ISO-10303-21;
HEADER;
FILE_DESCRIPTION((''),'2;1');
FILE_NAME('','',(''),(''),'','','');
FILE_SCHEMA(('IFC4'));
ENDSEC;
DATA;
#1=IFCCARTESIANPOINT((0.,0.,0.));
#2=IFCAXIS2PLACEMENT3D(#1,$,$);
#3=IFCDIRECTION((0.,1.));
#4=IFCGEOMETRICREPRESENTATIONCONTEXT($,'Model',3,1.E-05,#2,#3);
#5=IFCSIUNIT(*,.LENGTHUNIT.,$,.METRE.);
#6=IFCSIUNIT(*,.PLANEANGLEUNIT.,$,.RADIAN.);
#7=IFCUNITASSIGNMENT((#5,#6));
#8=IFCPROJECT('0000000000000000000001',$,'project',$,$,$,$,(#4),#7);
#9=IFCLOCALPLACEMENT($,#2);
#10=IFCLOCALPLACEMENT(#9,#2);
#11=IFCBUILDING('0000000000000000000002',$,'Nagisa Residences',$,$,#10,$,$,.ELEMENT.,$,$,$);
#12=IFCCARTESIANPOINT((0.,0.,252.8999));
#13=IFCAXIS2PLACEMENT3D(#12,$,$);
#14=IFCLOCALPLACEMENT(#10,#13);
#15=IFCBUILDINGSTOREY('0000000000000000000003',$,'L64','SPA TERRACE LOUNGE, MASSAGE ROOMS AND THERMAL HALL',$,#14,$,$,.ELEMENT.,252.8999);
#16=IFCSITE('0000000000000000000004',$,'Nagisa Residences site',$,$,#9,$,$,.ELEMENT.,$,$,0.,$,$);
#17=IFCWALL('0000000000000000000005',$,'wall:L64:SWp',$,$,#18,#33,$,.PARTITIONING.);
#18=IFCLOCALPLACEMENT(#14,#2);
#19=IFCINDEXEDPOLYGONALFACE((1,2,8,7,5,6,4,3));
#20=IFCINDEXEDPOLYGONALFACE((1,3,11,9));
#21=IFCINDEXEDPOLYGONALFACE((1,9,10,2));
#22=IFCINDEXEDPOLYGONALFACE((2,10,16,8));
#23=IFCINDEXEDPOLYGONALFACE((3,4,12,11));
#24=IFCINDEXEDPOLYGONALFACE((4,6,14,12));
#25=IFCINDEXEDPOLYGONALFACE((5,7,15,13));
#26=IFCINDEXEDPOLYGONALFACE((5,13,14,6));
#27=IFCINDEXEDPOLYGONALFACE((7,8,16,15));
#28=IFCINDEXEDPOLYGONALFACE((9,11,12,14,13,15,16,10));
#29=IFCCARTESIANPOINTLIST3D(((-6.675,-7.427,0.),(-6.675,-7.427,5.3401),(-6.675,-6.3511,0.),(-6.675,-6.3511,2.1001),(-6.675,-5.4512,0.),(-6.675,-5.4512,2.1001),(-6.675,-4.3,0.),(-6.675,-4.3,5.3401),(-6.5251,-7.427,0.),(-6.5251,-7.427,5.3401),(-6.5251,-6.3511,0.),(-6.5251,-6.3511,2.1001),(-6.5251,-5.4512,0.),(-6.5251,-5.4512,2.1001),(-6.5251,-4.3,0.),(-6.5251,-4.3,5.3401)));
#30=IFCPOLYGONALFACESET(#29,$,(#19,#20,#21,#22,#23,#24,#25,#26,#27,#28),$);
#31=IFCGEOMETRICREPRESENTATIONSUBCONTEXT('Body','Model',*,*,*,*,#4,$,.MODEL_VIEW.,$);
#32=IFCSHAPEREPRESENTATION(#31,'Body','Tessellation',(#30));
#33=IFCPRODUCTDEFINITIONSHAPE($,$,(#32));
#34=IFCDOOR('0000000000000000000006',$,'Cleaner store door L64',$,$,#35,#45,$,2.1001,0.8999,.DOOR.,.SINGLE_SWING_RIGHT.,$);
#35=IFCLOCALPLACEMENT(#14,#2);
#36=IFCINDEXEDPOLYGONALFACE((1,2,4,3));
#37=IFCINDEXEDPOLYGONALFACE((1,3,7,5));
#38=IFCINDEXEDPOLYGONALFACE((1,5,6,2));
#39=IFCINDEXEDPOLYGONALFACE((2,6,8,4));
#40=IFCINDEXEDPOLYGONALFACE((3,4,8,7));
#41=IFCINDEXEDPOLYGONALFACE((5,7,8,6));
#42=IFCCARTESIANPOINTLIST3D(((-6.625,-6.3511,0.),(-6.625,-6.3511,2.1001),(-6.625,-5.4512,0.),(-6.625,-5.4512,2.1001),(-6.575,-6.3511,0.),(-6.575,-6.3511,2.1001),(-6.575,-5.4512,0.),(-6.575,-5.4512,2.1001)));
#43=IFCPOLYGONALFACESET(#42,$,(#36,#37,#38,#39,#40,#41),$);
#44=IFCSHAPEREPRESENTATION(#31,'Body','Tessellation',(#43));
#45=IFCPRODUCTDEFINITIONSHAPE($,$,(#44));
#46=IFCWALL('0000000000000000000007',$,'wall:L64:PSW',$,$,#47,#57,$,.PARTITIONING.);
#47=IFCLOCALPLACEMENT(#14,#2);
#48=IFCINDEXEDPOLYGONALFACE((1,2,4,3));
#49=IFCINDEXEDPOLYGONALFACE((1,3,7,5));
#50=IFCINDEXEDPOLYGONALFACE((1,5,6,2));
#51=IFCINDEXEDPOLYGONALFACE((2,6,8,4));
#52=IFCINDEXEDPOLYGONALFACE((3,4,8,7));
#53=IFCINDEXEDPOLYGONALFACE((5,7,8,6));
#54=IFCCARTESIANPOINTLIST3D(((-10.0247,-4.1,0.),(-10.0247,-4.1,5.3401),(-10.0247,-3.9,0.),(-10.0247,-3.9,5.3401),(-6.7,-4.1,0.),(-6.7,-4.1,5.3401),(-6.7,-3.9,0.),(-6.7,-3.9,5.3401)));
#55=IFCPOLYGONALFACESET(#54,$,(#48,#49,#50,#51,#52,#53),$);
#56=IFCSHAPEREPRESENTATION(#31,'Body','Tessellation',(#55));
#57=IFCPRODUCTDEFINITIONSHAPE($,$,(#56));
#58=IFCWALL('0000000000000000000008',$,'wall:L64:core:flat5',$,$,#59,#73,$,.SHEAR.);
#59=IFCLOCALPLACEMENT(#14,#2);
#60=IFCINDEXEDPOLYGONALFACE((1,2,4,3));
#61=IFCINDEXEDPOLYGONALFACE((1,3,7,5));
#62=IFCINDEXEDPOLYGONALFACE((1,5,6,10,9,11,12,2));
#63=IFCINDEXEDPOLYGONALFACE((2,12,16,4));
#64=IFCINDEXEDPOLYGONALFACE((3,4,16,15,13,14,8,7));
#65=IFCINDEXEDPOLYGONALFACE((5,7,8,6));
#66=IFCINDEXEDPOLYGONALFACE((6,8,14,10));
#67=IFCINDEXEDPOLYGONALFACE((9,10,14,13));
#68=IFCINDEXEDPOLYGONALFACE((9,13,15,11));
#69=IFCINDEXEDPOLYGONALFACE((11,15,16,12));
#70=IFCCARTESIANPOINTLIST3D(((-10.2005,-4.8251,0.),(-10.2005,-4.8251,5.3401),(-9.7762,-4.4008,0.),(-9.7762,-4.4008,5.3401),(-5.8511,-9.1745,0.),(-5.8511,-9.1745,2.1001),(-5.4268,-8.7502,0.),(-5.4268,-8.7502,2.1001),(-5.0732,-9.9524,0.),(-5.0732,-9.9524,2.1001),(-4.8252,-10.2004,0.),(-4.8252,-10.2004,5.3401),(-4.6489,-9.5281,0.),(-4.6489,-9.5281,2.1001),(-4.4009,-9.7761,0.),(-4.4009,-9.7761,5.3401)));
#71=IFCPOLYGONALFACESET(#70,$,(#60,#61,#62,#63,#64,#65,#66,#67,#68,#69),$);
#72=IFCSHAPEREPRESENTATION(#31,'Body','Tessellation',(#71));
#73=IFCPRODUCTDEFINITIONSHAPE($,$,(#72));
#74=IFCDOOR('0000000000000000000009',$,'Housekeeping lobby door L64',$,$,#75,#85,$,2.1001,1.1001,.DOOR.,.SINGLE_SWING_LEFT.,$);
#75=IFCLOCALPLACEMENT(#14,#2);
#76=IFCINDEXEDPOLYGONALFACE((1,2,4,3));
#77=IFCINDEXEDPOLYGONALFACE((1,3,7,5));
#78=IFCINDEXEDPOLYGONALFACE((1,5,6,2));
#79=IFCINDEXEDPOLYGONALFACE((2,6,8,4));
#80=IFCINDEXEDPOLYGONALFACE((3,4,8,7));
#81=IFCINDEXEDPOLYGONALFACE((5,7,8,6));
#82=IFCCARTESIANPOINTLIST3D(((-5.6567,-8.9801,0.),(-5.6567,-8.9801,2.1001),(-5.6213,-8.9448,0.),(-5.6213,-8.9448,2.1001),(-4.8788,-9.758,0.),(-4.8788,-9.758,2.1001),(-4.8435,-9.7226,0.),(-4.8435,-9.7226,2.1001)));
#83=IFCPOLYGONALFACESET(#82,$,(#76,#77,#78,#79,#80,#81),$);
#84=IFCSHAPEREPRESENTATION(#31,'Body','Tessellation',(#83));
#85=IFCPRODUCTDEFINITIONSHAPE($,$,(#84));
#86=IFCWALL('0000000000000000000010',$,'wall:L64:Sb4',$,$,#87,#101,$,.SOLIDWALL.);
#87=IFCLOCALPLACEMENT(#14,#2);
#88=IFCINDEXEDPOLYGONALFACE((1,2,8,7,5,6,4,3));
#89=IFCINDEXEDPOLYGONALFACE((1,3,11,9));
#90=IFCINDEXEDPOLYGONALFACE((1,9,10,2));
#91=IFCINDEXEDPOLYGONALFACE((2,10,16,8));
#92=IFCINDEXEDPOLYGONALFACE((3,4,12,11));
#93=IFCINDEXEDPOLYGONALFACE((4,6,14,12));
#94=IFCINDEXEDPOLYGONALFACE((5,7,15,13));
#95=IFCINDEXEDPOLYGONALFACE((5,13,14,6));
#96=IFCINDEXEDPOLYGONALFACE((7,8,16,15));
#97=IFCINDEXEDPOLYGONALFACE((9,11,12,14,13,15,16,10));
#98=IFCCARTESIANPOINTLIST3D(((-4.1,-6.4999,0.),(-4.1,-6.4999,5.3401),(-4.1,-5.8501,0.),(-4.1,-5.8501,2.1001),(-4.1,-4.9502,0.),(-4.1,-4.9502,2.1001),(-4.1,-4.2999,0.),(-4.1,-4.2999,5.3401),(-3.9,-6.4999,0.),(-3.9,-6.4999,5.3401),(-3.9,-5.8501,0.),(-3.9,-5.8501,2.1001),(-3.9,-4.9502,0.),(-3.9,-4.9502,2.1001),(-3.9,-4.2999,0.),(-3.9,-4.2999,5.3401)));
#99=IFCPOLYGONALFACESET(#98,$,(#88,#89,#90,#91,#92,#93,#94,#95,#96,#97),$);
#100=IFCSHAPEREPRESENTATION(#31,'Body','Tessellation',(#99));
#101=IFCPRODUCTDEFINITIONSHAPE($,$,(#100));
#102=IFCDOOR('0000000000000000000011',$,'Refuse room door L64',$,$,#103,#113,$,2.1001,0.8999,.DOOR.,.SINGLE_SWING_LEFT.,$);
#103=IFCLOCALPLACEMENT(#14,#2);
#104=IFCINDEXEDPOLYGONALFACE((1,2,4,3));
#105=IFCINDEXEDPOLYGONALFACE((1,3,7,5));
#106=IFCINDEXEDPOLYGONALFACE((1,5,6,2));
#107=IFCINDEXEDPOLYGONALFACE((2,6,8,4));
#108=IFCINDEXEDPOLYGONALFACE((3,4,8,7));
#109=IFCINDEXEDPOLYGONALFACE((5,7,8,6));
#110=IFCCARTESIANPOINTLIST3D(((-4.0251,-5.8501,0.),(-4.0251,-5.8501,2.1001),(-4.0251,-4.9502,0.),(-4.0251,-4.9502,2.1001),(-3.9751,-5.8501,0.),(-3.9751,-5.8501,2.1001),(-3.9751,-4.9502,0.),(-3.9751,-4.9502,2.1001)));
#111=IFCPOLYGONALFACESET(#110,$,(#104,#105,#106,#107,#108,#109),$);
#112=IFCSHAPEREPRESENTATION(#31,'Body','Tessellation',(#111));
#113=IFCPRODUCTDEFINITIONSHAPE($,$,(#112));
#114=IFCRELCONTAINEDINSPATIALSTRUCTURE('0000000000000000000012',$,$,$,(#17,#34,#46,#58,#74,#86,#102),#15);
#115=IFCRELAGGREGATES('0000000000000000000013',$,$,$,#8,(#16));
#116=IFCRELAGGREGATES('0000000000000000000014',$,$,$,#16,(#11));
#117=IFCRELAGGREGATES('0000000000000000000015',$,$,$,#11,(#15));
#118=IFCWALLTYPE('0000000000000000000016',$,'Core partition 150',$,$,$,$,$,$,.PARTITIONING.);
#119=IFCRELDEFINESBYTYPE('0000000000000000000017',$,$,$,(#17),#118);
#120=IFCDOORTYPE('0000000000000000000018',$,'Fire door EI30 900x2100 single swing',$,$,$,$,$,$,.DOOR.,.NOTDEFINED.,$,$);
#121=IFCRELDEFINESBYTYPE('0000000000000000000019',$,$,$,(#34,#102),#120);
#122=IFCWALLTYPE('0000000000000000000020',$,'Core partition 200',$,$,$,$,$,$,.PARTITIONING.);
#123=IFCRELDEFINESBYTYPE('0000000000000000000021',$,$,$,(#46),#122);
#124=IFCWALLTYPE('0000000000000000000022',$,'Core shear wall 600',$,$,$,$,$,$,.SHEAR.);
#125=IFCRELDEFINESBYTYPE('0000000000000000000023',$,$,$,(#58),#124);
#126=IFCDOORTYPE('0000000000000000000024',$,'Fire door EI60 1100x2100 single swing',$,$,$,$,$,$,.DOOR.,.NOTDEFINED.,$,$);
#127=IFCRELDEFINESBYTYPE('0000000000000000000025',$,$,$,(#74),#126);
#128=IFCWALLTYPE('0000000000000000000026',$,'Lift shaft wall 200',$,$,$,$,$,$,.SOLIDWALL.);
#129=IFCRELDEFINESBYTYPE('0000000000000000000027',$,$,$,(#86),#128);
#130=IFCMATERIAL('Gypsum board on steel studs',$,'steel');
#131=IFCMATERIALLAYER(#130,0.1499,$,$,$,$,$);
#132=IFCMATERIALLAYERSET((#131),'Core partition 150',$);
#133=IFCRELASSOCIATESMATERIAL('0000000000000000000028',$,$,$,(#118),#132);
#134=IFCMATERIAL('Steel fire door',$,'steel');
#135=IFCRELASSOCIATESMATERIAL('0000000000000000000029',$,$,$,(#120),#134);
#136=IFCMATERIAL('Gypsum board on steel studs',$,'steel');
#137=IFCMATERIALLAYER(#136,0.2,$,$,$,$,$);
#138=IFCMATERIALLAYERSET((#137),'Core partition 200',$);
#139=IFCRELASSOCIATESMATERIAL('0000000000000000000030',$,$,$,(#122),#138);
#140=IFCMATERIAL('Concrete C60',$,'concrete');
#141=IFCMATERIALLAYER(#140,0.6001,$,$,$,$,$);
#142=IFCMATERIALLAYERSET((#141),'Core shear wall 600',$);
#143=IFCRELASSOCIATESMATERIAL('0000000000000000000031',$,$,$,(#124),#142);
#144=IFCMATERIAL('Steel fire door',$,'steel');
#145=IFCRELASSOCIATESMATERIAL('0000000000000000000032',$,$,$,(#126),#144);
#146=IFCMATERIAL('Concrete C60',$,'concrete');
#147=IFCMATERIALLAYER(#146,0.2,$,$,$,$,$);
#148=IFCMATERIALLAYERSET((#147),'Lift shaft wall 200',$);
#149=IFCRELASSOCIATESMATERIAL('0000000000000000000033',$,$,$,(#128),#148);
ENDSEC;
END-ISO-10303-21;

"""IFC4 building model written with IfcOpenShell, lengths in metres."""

from ifc_helpers import new_model, si_unit, direction, frame, frame_2d, origin, place, context, subcontext, project, spatial, rectangle, extrude, material, layer, layer_set, type_object, element, fill, save


model = new_model("IFC4")

# Units and contexts
model_context = context("Model", 3, precision=1e-05, world=origin(), true_north=direction((0.0, 1.0)))
body_context = subcontext(model_context, "Body", "Model", "MODEL_VIEW")
ifc_project = project(units=[si_unit("LENGTHUNIT", "METRE"), si_unit("PLANEANGLEUNIT", "RADIAN")], contexts=[model_context])

# Site, building, storey
site_placement = place(None, origin())
site = spatial("IfcSite", under=ifc_project, at=site_placement, Name="Nagisa Residences site", CompositionType="ELEMENT", RefElevation=0.0)
building_placement = place(site_placement, origin())
building = spatial("IfcBuilding", under=site, at=building_placement, Name="Nagisa Residences", CompositionType="ELEMENT")
storey_placement = place(building_placement, frame((0.0, 0.0, 252.8999)))
storey = spatial("IfcBuildingStorey", under=building, at=storey_placement, Name="L64", Description="SPA TERRACE LOUNGE, MASSAGE ROOMS AND THERMAL HALL", CompositionType="ELEMENT", Elevation=252.8999)

# Wall, opening, door
ifc_material_1 = material(Name="Gypsum board on steel studs", Category="steel")
ifc_layer_1 = layer(ifc_material_1, 0.1499)
ifc_layer_set_1 = layer_set([ifc_layer_1], Name="Core partition 150")
wall_type_1 = type_object("IfcWallType", Name="Core partition 150", PredefinedType="PARTITIONING", material=ifc_layer_set_1)
wall_1_placement = place(storey_placement, frame((-6.6001, -7.427, 0.0), z_axis=(0.0, 0.0, 1.0), x_axis=(0.0, 1.0, 0.0)))
wall_1 = element("IfcWall", 1, at=wall_1_placement, inside=storey, type_object=wall_type_1, Name="wall:L64:SWp", PredefinedType="PARTITIONING", context=body_context, shape_type="SweptSolid", body=[
    extrude(rectangle(XDim=3.127, YDim=0.1499, at=frame_2d((1.5635, 0.0))), origin(), (0.0, 0.0, 1.0), 5.3401),
])
opening_1_placement = place(wall_1_placement, frame((1.0759, 0.0, 0.0)))
opening_1 = element("IfcOpeningElement", 2, at=opening_1_placement, cuts=wall_1, PredefinedType="OPENING", context=body_context, shape_type="SweptSolid", body=[
    extrude(rectangle(XDim=0.8999, YDim=2.1001, at=frame_2d((0.45, 1.05))), frame((0.0, 0.085, 0.0), z_axis=(0.0, -1.0, 0.0), x_axis=(1.0, 0.0, 0.0)), (0.0, 0.0, 1.0), 0.1699),
])
ifc_material_2 = material(Name="Steel fire door", Category="steel")
door_type_1 = type_object("IfcDoorType", Name="Fire door EI30 900x2100 single swing", OperationType="NOTDEFINED", PredefinedType="DOOR", material=ifc_material_2)
door_1_placement = place(opening_1_placement, origin())
door_1 = element("IfcDoor", 3, at=door_1_placement, inside=storey, type_object=door_type_1, Name="Cleaner store door L64", OperationType="SINGLE_SWING_RIGHT", OverallHeight=2.1001, OverallWidth=0.8999, PredefinedType="DOOR", context=body_context, shape_type="SweptSolid", body=[
    extrude(rectangle(XDim=0.8999, YDim=2.1001, at=frame_2d((0.45, 1.05))), frame((0.0, 0.0249, 0.0), z_axis=(0.0, -1.0, 0.0), x_axis=(1.0, 0.0, 0.0)), (0.0, 0.0, 1.0), 0.05),
])
fill(opening_1, door_1)

# Wall
ifc_material_3 = material(Name="Gypsum board on steel studs", Category="steel")
ifc_layer_2 = layer(ifc_material_3, 0.2)
ifc_layer_set_2 = layer_set([ifc_layer_2], Name="Core partition 200")
wall_type_2 = type_object("IfcWallType", Name="Core partition 200", PredefinedType="PARTITIONING", material=ifc_layer_set_2)
wall_2_placement = place(storey_placement, frame((-10.0247, -4.0, 0.0), z_axis=(0.0, 0.0, 1.0), x_axis=(1.0, 0.0, 0.0)))
element("IfcWall", 4, at=wall_2_placement, inside=storey, type_object=wall_type_2, Name="wall:L64:PSW", PredefinedType="PARTITIONING", context=body_context, shape_type="SweptSolid", body=[
    extrude(rectangle(XDim=3.3247, YDim=0.2, at=frame_2d((1.6624, 0.0))), origin(), (0.0, 0.0, 1.0), 5.3401),
])

# Walls, openings, doors
ifc_material_4 = material(Name="Concrete C60", Category="concrete")
ifc_layer_3 = layer(ifc_material_4, 0.6001)
ifc_layer_set_3 = layer_set([ifc_layer_3], Name="Core shear wall 600")
wall_type_3 = type_object("IfcWallType", Name="Core shear wall 600", PredefinedType="SHEAR", material=ifc_layer_set_3)
wall_3_placement = place(storey_placement, frame((-9.9883, -4.613, 0.0), z_axis=(0.0, 0.0, 1.0), x_axis=(0.707107, -0.707107, 0.0)))
wall_3 = element("IfcWall", 5, at=wall_3_placement, inside=storey, type_object=wall_type_3, Name="wall:L64:core:flat5", PredefinedType="SHEAR", context=body_context, shape_type="SweptSolid", body=[
    extrude(rectangle(XDim=7.6018, YDim=0.6001, at=frame_2d((3.8008, 0.0))), origin(), (0.0, 0.0, 1.0), 5.3401),
])
opening_2_placement = place(wall_3_placement, frame((6.1509, 0.0, 0.0)))
opening_2 = element("IfcOpeningElement", 6, at=opening_2_placement, cuts=wall_3, PredefinedType="OPENING", context=body_context, shape_type="SweptSolid", body=[
    extrude(rectangle(XDim=1.1001, YDim=2.1001, at=frame_2d((0.55, 1.05))), frame((0.0, 0.3101, 0.0), z_axis=(0.0, -1.0, 0.0), x_axis=(1.0, 0.0, 0.0)), (0.0, 0.0, 1.0), 0.6201),
])
ifc_material_5 = material(Name="Steel fire door", Category="steel")
door_type_2 = type_object("IfcDoorType", Name="Fire door EI60 1100x2100 single swing", OperationType="NOTDEFINED", PredefinedType="DOOR", material=ifc_material_5)
door_2_placement = place(opening_2_placement, origin())
door_2 = element("IfcDoor", 7, at=door_2_placement, inside=storey, type_object=door_type_2, Name="Housekeeping lobby door L64", OperationType="SINGLE_SWING_LEFT", OverallHeight=2.1001, OverallWidth=1.1001, PredefinedType="DOOR", context=body_context, shape_type="SweptSolid", body=[
    extrude(rectangle(XDim=1.1001, YDim=2.1001, at=frame_2d((0.55, 1.05))), frame((0.0, 0.0249, 0.0), z_axis=(0.0, -1.0, 0.0), x_axis=(1.0, 0.0, 0.0)), (0.0, 0.0, 1.0), 0.05),
])
fill(opening_2, door_2)
ifc_material_6 = material(Name="Concrete C60", Category="concrete")
ifc_layer_4 = layer(ifc_material_6, 0.2)
ifc_layer_set_4 = layer_set([ifc_layer_4], Name="Lift shaft wall 200")
wall_type_4 = type_object("IfcWallType", Name="Lift shaft wall 200", PredefinedType="SOLIDWALL", material=ifc_layer_set_4)
wall_4_placement = place(storey_placement, frame((-4.0, -6.5, 0.0), z_axis=(0.0, 0.0, 1.0), x_axis=(0.0, 1.0, 0.0)))
wall_4 = element("IfcWall", 8, at=wall_4_placement, inside=storey, type_object=wall_type_4, Name="wall:L64:Sb4", PredefinedType="SOLIDWALL", context=body_context, shape_type="SweptSolid", body=[
    extrude(rectangle(XDim=2.2, YDim=0.2, at=frame_2d((1.1001, 0.0))), origin(), (0.0, 0.0, 1.0), 5.3401),
])
opening_3_placement = place(wall_4_placement, frame((0.6499, 0.0, 0.0)))
opening_3 = element("IfcOpeningElement", 9, at=opening_3_placement, cuts=wall_4, PredefinedType="OPENING", context=body_context, shape_type="SweptSolid", body=[
    extrude(rectangle(XDim=0.8999, YDim=2.1001, at=frame_2d((0.45, 1.05))), frame((0.0, 0.1099, 0.0), z_axis=(0.0, -1.0, 0.0), x_axis=(1.0, 0.0, 0.0)), (0.0, 0.0, 1.0), 0.22),
])
door_3_placement = place(opening_3_placement, frame((0.8999, 0.0, 0.0), x_axis=(-1.0, 0.0, 0.0)))
door_3 = element("IfcDoor", 10, at=door_3_placement, inside=storey, type_object=door_type_1, Name="Refuse room door L64", OperationType="SINGLE_SWING_LEFT", OverallHeight=2.1001, OverallWidth=0.8999, PredefinedType="DOOR", context=body_context, shape_type="SweptSolid", body=[
    extrude(rectangle(XDim=0.8999, YDim=2.1001, at=frame_2d((0.45, 1.05))), frame((0.0, 0.0249, 0.0), z_axis=(0.0, -1.0, 0.0), x_axis=(1.0, 0.0, 0.0)), (0.0, 0.0, 1.0), 0.05),
])
fill(opening_3, door_3)

save(model, "model.ifc")
